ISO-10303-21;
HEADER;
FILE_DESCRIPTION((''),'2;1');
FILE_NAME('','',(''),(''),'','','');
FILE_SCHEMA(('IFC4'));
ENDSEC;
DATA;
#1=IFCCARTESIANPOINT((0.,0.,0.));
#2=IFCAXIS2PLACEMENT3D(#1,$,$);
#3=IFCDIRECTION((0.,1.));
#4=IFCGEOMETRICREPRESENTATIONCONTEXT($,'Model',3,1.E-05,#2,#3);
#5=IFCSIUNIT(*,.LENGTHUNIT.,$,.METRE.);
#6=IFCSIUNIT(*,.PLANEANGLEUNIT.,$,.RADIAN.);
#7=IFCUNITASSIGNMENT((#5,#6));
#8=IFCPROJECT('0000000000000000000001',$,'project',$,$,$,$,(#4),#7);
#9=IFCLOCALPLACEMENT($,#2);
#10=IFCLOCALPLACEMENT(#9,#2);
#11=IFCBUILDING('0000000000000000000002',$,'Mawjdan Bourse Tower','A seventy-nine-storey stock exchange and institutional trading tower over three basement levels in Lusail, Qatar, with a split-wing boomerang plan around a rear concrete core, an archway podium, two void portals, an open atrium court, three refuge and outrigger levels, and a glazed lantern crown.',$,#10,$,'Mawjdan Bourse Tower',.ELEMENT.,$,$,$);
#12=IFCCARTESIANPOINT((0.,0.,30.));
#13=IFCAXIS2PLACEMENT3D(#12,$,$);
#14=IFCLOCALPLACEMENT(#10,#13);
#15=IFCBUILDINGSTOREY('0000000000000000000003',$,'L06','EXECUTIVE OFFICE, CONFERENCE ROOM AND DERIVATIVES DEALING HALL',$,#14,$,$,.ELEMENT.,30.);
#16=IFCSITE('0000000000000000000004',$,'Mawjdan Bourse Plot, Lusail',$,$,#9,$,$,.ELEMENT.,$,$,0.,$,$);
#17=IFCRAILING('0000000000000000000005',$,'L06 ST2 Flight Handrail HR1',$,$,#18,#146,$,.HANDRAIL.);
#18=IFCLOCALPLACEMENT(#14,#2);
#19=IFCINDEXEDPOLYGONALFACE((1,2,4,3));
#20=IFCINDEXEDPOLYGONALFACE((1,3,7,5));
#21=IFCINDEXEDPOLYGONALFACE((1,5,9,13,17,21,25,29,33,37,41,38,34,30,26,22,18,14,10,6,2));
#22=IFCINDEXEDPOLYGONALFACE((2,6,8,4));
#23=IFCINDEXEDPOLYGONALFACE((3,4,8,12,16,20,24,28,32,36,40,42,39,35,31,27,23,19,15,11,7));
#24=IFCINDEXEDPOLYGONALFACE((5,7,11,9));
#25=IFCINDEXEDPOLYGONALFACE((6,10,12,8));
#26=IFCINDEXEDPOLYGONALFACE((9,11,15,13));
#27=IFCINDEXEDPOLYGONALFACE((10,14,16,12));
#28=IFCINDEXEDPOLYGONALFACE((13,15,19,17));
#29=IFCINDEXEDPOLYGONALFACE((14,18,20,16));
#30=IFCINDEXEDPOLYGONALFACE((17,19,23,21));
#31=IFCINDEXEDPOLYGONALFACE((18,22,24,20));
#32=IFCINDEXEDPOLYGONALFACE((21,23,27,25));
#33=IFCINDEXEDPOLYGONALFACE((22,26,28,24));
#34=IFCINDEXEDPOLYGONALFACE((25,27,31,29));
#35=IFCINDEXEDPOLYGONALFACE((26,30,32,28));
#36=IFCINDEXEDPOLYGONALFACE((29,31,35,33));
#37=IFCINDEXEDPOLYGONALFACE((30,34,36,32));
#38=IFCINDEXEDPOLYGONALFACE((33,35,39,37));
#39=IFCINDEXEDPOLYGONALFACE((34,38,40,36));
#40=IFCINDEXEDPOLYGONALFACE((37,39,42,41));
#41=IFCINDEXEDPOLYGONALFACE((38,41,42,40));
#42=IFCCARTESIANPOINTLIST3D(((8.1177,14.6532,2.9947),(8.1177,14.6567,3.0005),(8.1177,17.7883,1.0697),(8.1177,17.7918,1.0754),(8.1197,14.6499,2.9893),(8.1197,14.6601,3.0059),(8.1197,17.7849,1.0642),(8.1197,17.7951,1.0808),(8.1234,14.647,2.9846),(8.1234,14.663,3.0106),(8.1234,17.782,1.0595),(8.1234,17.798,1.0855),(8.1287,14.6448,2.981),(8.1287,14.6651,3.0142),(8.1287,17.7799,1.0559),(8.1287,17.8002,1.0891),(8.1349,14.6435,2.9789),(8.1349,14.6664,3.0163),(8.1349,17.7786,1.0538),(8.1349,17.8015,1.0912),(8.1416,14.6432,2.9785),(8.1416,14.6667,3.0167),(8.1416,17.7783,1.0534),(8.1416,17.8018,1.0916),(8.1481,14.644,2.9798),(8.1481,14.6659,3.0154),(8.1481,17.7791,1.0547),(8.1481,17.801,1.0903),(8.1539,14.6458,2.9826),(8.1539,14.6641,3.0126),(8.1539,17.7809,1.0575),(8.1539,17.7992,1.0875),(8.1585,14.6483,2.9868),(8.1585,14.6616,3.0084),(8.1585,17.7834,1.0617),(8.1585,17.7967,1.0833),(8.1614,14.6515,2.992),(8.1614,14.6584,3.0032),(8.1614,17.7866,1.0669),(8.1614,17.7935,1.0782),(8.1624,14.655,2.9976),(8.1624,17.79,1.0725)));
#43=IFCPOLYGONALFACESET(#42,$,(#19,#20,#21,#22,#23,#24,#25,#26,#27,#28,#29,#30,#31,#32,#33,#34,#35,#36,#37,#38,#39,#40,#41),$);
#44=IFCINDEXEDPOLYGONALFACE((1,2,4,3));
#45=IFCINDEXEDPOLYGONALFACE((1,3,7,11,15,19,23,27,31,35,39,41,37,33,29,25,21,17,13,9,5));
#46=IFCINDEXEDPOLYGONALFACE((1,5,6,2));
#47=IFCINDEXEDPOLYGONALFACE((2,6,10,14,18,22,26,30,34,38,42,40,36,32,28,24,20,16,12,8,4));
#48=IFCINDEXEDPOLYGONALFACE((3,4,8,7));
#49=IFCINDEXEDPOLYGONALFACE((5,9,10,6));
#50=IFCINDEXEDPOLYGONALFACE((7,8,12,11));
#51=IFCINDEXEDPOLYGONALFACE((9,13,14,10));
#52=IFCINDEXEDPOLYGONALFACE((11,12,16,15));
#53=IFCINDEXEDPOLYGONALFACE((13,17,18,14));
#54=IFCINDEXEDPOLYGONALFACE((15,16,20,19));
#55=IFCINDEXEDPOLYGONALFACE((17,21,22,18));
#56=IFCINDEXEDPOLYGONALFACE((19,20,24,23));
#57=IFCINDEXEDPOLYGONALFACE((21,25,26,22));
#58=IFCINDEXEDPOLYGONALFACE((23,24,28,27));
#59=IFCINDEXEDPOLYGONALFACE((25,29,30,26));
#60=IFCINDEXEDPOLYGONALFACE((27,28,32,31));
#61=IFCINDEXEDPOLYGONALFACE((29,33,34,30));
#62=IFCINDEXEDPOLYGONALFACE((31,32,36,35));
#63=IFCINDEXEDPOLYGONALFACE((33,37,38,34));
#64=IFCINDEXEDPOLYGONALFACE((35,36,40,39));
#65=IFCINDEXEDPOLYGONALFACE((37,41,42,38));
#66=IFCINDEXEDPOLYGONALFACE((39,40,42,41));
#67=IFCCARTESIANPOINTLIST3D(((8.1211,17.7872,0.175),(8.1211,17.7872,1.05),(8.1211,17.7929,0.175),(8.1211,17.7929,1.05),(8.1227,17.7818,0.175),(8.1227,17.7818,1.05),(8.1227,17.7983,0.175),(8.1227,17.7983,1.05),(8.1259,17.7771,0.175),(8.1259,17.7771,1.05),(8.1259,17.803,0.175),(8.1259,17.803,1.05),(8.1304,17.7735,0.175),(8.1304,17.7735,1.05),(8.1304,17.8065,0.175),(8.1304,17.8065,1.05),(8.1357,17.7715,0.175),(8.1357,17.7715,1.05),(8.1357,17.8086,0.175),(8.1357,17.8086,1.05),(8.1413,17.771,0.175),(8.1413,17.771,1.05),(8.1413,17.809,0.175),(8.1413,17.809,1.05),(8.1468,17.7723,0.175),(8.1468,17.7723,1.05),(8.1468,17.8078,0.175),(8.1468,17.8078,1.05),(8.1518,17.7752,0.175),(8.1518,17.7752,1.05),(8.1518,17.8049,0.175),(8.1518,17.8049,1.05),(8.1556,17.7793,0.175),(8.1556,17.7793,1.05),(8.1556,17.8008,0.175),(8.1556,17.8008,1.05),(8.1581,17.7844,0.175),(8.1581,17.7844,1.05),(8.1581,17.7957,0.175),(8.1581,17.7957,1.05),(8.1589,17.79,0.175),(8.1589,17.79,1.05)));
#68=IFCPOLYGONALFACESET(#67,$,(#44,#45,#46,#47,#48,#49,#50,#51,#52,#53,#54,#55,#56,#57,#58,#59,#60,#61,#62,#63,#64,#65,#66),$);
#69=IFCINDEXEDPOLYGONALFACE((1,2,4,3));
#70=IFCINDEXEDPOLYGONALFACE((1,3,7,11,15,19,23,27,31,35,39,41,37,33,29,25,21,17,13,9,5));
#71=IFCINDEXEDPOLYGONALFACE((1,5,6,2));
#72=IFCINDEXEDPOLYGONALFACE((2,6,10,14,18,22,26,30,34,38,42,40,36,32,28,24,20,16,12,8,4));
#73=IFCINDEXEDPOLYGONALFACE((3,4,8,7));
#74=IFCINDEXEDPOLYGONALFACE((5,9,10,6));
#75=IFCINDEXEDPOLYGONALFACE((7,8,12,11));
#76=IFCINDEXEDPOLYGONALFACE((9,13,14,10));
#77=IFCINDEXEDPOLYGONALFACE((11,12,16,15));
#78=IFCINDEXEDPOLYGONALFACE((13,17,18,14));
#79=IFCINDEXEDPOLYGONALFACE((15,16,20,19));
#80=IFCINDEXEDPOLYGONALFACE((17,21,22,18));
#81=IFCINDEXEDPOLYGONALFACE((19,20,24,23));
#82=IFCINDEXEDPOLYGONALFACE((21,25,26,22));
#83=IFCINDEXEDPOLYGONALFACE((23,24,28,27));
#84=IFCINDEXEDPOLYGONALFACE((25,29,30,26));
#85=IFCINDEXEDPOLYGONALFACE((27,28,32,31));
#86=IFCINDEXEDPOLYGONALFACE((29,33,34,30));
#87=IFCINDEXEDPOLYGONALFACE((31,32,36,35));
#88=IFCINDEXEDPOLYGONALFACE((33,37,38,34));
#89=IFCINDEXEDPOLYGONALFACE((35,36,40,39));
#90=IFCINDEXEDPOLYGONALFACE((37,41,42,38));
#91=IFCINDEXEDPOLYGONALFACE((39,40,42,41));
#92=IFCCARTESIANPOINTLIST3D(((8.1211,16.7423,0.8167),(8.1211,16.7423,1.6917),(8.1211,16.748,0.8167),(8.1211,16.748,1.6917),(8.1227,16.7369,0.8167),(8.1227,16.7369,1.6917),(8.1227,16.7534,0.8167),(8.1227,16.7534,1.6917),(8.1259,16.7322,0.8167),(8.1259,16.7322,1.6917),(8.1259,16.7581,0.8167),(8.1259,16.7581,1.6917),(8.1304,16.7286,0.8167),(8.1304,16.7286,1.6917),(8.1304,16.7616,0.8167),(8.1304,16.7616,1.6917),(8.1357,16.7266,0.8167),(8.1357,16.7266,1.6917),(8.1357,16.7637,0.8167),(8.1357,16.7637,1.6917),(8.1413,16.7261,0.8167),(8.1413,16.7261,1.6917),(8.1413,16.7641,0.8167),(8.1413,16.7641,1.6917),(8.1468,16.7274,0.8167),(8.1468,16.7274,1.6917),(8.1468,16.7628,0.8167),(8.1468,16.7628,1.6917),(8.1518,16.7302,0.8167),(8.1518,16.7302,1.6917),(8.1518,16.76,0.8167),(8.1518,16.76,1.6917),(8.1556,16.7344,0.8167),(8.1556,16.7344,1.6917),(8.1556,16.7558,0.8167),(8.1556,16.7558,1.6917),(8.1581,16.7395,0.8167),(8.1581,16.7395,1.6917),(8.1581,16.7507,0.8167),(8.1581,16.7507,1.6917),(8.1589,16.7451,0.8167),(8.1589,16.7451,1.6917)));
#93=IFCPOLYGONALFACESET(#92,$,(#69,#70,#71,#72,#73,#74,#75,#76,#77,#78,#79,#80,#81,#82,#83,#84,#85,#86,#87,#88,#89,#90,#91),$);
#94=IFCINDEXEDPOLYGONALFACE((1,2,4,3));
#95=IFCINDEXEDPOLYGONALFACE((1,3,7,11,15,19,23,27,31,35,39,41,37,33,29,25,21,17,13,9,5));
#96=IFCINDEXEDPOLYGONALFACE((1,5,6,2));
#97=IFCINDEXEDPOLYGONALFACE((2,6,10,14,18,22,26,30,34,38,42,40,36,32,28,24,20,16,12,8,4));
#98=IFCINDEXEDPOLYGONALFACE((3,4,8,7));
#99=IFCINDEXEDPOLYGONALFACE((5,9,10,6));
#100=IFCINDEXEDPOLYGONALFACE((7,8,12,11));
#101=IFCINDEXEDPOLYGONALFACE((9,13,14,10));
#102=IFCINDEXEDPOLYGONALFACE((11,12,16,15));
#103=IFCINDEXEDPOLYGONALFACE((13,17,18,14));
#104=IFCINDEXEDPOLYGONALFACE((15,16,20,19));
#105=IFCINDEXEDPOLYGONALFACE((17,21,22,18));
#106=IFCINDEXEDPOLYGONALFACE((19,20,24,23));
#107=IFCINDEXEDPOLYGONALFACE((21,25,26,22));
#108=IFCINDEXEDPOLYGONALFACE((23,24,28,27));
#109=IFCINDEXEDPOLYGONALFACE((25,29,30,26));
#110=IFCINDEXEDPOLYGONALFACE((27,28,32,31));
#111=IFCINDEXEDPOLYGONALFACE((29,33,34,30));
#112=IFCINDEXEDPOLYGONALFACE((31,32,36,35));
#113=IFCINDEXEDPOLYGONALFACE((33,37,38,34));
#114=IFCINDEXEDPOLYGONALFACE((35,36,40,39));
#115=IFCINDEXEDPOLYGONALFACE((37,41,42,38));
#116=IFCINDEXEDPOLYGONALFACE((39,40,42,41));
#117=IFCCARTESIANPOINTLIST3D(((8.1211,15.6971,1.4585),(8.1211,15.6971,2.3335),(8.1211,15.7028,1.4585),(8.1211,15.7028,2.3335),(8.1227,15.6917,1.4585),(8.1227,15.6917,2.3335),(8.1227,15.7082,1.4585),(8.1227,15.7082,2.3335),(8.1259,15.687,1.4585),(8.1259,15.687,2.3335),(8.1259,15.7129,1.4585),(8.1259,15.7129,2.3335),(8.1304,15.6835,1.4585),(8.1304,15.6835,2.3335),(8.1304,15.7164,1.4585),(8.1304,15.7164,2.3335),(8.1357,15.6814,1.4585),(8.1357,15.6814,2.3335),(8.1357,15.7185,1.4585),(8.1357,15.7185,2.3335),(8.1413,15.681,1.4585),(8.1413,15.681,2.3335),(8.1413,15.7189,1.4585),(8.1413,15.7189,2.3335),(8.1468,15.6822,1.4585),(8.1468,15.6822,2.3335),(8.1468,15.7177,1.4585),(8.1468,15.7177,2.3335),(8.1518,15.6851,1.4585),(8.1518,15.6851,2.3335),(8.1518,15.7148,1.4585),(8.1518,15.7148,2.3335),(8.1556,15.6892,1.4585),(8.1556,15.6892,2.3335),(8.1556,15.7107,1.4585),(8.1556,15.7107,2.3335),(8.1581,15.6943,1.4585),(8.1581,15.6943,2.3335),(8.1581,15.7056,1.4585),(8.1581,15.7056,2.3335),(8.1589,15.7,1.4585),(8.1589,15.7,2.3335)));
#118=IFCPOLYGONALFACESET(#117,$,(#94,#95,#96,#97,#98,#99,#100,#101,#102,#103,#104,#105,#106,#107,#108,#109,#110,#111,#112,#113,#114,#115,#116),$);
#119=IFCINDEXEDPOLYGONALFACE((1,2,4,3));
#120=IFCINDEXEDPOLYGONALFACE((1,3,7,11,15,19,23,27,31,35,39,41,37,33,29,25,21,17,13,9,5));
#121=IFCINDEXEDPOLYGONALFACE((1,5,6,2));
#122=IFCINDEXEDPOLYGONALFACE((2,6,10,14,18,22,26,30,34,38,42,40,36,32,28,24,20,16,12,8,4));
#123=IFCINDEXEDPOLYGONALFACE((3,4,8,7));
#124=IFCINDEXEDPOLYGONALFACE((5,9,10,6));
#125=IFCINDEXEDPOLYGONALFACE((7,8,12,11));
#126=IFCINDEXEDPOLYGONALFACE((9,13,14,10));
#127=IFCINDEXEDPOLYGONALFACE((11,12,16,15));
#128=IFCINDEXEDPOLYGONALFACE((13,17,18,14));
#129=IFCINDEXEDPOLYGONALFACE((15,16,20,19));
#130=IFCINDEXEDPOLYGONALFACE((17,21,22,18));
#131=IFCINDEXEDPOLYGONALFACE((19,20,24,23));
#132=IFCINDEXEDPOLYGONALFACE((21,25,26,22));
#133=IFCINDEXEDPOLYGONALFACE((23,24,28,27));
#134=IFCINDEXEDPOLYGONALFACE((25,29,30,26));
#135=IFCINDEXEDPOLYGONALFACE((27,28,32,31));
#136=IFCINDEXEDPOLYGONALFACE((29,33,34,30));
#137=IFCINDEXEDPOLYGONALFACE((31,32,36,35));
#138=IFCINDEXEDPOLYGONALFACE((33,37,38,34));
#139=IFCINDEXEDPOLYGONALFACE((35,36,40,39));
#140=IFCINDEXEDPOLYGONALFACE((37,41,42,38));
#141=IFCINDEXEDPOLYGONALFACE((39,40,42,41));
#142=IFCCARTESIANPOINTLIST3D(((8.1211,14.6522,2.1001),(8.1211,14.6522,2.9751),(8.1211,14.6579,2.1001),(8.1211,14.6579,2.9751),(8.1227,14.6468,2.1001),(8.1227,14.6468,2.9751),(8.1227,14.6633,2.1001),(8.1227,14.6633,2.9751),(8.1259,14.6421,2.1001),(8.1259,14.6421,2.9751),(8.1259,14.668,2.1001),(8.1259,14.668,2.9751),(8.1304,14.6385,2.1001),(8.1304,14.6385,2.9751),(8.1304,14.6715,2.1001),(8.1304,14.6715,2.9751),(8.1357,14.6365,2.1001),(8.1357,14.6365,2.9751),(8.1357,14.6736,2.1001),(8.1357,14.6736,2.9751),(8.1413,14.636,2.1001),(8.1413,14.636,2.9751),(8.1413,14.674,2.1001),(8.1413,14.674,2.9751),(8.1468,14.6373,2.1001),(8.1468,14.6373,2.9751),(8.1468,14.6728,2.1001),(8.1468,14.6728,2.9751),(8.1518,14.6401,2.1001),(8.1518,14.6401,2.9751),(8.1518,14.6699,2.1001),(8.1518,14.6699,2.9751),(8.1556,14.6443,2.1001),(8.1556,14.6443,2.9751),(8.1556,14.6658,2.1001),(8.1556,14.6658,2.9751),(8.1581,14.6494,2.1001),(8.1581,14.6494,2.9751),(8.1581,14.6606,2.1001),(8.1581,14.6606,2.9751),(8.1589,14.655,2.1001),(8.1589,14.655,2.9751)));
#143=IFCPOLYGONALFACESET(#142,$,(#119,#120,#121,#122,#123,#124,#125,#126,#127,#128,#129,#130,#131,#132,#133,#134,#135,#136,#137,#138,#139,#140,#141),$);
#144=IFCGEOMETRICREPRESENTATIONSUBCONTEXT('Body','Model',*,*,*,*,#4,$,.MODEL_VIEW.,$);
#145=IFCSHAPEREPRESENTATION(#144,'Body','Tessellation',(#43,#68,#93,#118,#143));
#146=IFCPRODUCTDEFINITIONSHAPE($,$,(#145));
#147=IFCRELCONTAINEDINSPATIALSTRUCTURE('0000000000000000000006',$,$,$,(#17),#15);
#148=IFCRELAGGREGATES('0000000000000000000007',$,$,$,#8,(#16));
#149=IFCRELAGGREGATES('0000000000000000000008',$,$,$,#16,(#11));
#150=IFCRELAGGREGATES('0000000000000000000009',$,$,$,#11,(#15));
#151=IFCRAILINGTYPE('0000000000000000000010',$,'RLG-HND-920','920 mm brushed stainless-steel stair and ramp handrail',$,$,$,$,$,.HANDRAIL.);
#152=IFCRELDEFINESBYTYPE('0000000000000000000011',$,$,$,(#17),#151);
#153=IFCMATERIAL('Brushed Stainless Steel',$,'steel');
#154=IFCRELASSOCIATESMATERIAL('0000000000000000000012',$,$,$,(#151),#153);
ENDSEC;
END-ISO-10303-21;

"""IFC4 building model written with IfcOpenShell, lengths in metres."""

from ifc_helpers import new_model, si_unit, direction, frame, origin, origin_2d, place, context, subcontext, project, spatial, circle, extrude, material, type_object, element, save


model = new_model("IFC4")

# Units and contexts
model_context = context("Model", 3, precision=1e-05, world=origin(), true_north=direction((0.0, 1.0)))
body_context = subcontext(model_context, "Body", "Model", "MODEL_VIEW")
ifc_project = project(units=[si_unit("LENGTHUNIT", "METRE"), si_unit("PLANEANGLEUNIT", "RADIAN")], contexts=[model_context])

# Site, building, storey
site_placement = place(None, origin())
site = spatial("IfcSite", under=ifc_project, at=site_placement, Name="Mawjdan Bourse Plot, Lusail", CompositionType="ELEMENT", RefElevation=0.0)
building_placement = place(site_placement, origin())
building = spatial("IfcBuilding", under=site, at=building_placement, Name="Mawjdan Bourse Tower", Description="A seventy-nine-storey stock exchange and institutional trading tower over three basement levels in Lusail, Qatar, with a split-wing boomerang plan around a rear concrete core, an archway podium, two void portals, an open atrium court, three refuge and outrigger levels, and a glazed lantern crown.", LongName="Mawjdan Bourse Tower", CompositionType="ELEMENT")
storey_placement = place(building_placement, frame((0.0, 0.0, 30.0)))
storey = spatial("IfcBuildingStorey", under=building, at=storey_placement, Name="L06", Description="EXECUTIVE OFFICE, CONFERENCE ROOM AND DERIVATIVES DEALING HALL", CompositionType="ELEMENT", Elevation=30.0)

# Railing
ifc_material_1 = material(Name="Brushed Stainless Steel", Category="steel")
railing_type_1 = type_object("IfcRailingType", Name="RLG-HND-920", Description="920 mm brushed stainless-steel stair and ramp handrail", PredefinedType="HANDRAIL", material=ifc_material_1)
railing_1_placement = place(storey_placement, frame((8.1399, 17.79, 0.175)))
element("IfcRailing", 1, at=railing_1_placement, inside=storey, type_object=railing_type_1, Name="L06 ST2 Flight Handrail HR1", PredefinedType="HANDRAIL", context=body_context, shape_type="SweptSolid", body=[
    extrude(circle(Radius=0.0225, at=origin_2d()), frame((0.0, 0.0, 0.8975), z_axis=(0.0, -0.852166, 0.523271), x_axis=(1.0, 0.0, 0.0)), (0.0, 0.0, 1.0), 3.679),
    extrude(circle(Radius=0.019, at=origin_2d()), origin(), (0.0, 0.0, 1.0), 0.875),
    extrude(circle(Radius=0.019, at=origin_2d()), frame((0.0, -1.0449, 0.6416)), (0.0, 0.0, 1.0), 0.875),
    extrude(circle(Radius=0.019, at=origin_2d()), frame((0.0, -2.0901, 1.2834)), (0.0, 0.0, 1.0), 0.875),
    extrude(circle(Radius=0.019, at=origin_2d()), frame((0.0, -3.135, 1.925)), (0.0, 0.0, 1.0), 0.875),
])

save(model, "model.ifc")
